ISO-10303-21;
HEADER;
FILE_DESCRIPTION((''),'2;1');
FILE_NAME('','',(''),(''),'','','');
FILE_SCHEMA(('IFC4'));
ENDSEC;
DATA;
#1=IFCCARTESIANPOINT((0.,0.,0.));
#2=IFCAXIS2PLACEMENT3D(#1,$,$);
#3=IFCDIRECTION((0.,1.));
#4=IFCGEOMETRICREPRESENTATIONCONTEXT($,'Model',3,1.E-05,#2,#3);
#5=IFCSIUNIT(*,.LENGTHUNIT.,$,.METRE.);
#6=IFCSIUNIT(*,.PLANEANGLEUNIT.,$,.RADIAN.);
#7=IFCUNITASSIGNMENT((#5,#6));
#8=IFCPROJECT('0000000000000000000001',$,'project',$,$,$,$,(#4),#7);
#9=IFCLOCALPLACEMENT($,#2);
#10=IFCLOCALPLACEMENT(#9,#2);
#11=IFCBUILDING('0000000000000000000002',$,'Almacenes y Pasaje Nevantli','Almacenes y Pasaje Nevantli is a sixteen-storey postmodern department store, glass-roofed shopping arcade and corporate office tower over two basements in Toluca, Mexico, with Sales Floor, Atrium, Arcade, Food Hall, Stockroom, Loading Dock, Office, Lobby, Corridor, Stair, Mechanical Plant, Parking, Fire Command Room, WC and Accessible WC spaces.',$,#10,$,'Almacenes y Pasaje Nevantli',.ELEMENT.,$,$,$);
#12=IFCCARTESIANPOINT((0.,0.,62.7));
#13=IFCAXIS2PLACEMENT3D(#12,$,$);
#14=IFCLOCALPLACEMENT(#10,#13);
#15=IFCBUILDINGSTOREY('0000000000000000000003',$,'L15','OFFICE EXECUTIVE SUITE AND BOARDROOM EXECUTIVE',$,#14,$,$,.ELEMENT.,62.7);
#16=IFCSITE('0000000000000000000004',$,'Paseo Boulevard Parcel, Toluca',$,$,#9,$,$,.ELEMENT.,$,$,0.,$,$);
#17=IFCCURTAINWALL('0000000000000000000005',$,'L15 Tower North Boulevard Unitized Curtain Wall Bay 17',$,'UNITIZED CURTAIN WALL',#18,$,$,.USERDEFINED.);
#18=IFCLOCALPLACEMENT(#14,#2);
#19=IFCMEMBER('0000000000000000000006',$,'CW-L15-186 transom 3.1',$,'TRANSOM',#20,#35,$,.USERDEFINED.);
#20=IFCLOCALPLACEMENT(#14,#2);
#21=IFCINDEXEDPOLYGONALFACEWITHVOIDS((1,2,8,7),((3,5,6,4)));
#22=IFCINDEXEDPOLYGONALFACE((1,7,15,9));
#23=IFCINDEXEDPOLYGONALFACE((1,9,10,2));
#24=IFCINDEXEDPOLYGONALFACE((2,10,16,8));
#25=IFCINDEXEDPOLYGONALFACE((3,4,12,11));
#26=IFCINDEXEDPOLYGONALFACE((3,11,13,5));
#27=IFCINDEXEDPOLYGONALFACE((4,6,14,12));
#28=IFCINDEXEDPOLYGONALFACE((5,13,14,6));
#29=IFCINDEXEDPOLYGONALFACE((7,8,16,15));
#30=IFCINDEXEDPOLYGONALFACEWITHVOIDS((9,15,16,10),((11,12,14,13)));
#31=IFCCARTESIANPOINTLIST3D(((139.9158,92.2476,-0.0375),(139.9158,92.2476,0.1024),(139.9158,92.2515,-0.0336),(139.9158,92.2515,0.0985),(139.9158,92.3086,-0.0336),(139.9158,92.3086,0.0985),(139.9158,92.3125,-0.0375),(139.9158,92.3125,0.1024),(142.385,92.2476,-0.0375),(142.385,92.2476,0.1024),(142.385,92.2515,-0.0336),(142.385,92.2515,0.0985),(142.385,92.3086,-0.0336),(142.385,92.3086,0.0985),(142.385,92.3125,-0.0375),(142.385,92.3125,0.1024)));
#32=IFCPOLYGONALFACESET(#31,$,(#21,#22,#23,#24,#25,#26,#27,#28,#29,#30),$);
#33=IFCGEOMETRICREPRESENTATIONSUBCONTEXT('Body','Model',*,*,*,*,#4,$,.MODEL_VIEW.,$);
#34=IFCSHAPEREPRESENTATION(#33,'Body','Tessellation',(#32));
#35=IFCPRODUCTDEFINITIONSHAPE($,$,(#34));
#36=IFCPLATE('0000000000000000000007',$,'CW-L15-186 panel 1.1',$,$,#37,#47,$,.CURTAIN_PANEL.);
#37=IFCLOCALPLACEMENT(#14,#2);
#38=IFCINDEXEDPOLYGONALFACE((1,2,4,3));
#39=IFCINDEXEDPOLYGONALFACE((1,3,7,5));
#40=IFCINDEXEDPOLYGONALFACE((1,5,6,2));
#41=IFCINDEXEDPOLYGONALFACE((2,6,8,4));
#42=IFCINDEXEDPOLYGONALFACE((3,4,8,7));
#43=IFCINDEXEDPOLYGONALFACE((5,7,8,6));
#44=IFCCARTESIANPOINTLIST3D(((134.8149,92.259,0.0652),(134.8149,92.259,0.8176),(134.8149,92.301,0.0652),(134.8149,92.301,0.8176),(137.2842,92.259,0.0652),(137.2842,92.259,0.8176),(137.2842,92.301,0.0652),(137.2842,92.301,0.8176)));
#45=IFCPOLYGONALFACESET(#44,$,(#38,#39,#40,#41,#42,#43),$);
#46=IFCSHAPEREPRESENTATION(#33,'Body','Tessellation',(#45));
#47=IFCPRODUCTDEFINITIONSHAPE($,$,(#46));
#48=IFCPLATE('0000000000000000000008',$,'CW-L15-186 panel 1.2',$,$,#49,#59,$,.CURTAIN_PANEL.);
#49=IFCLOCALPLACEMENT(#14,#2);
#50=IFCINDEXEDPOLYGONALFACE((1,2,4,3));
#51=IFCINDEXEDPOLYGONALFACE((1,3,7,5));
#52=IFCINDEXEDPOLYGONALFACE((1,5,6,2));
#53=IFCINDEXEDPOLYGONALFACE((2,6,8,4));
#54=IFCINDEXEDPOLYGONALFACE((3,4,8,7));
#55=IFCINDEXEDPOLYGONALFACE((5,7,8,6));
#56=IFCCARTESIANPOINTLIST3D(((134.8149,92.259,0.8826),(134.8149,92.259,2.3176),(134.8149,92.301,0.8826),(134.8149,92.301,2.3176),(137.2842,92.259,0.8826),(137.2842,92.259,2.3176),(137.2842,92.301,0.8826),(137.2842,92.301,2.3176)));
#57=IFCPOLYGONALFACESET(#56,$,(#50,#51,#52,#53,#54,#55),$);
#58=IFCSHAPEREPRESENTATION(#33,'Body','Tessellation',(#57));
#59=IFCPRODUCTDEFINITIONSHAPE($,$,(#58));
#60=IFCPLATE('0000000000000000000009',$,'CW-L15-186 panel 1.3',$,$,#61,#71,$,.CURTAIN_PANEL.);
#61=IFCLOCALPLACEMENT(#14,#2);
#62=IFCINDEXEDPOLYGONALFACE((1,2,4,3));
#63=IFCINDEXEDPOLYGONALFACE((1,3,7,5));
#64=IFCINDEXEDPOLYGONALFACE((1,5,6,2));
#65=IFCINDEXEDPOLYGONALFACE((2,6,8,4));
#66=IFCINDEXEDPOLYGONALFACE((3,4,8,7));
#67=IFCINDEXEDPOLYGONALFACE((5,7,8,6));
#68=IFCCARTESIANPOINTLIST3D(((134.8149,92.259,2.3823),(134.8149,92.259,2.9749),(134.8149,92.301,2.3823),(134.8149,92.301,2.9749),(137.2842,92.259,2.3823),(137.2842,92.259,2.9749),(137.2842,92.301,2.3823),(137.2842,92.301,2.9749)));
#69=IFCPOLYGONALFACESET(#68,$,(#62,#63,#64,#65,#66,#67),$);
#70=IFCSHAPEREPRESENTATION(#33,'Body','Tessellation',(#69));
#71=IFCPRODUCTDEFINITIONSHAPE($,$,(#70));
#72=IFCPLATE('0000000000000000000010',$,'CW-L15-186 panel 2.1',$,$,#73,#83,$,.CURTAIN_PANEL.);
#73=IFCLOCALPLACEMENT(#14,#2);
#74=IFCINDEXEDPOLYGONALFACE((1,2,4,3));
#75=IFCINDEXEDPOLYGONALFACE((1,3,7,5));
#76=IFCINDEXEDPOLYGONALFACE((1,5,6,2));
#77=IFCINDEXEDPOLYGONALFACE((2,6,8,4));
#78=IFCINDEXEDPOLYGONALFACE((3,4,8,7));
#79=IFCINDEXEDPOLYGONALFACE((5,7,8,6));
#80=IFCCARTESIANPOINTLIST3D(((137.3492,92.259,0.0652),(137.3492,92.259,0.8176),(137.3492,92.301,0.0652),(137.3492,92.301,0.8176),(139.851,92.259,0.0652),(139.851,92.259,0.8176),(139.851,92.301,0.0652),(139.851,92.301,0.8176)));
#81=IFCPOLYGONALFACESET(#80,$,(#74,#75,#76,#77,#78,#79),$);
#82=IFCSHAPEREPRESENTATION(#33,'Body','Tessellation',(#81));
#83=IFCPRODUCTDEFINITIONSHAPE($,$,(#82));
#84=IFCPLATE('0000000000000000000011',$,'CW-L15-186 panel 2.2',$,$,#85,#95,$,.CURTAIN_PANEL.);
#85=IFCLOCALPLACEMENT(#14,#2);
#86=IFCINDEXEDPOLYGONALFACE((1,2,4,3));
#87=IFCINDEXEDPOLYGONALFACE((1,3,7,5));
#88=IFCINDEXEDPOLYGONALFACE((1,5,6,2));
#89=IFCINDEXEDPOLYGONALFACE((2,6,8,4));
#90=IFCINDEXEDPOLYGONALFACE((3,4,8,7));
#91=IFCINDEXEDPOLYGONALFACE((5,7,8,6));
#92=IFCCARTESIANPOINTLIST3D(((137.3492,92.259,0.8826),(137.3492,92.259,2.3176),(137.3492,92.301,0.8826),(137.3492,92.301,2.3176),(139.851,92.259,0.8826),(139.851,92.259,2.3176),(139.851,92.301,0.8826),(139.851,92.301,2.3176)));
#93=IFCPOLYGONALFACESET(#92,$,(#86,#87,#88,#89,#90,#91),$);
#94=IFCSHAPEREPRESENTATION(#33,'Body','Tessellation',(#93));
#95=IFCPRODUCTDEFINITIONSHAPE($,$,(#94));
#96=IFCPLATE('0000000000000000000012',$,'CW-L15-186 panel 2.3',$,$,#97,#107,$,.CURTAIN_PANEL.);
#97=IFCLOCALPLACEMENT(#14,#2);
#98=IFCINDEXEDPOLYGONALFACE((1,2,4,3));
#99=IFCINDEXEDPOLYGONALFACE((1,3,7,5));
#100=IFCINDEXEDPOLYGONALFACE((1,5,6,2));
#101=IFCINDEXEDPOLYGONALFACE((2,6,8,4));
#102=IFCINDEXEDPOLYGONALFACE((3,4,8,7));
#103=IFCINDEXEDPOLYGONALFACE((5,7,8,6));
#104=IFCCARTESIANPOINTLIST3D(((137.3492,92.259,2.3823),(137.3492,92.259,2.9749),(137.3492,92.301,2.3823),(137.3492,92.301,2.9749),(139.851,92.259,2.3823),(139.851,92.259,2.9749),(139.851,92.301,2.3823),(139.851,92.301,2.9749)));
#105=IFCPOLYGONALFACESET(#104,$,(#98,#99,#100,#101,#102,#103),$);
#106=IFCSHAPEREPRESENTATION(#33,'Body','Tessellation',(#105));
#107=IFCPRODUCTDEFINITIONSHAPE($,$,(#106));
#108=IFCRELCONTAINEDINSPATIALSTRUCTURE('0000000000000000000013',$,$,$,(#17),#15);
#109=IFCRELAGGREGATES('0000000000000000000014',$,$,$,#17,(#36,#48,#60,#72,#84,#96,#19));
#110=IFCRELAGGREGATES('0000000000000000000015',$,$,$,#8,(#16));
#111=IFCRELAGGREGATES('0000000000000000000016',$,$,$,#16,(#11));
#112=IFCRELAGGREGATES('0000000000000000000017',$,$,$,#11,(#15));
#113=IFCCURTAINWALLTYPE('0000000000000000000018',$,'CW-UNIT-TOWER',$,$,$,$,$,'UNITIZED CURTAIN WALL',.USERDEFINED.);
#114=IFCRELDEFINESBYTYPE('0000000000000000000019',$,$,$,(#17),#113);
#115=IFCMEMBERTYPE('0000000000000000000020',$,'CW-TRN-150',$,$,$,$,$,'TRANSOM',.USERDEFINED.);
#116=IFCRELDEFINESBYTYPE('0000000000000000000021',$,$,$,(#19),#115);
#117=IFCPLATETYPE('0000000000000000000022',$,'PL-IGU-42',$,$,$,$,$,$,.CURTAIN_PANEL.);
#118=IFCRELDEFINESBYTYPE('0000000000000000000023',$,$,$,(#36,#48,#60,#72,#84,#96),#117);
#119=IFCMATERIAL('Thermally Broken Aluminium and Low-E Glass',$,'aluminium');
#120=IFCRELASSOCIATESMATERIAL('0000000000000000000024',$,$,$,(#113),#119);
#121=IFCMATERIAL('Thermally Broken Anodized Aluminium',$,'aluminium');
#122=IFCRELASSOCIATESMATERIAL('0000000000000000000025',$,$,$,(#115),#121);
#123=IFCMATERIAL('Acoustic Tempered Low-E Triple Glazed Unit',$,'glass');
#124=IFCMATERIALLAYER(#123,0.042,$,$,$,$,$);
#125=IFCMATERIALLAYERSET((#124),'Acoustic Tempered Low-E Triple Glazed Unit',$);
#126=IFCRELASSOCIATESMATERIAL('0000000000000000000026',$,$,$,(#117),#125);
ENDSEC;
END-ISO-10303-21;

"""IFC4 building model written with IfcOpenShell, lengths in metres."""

from ifc_helpers import new_model, si_unit, direction, frame, origin, origin_2d, place, context, subcontext, project, spatial, rectangle, hollow_rectangle, extrude, material, layer, layer_set, material_profile, profile_set, type_object, element, aggregate, save


model = new_model("IFC4")

# Units and contexts
model_context = context("Model", 3, precision=1e-05, world=origin(), true_north=direction((0.0, 1.0)))
body_context = subcontext(model_context, "Body", "Model", "MODEL_VIEW")
ifc_project = project(units=[si_unit("LENGTHUNIT", "METRE"), si_unit("PLANEANGLEUNIT", "RADIAN")], contexts=[model_context])

# Site, building, storey
site_placement = place(None, origin())
site = spatial("IfcSite", under=ifc_project, at=site_placement, Name="Paseo Boulevard Parcel, Toluca", CompositionType="ELEMENT", RefElevation=0.0)
building_placement = place(site_placement, origin())
building = spatial("IfcBuilding", under=site, at=building_placement, Name="Almacenes y Pasaje Nevantli", Description="Almacenes y Pasaje Nevantli is a sixteen-storey postmodern department store, glass-roofed shopping arcade and corporate office tower over two basements in Toluca, Mexico, with Sales Floor, Atrium, Arcade, Food Hall, Stockroom, Loading Dock, Office, Lobby, Corridor, Stair, Mechanical Plant, Parking, Fire Command Room, WC and Accessible WC spaces.", LongName="Almacenes y Pasaje Nevantli", CompositionType="ELEMENT")
storey_placement = place(building_placement, frame((0.0, 0.0, 62.7)))
storey = spatial("IfcBuildingStorey", under=building, at=storey_placement, Name="L15", Description="OFFICE EXECUTIVE SUITE AND BOARDROOM EXECUTIVE", CompositionType="ELEMENT", Elevation=62.7)

# Curtain wall, member, plates
ifc_material_1 = material(Name="Thermally Broken Aluminium and Low-E Glass", Category="aluminium")
curtain_wall_type = type_object("IfcCurtainWallType", Name="CW-UNIT-TOWER", ElementType="UNITIZED CURTAIN WALL", PredefinedType="USERDEFINED", material=ifc_material_1)
curtain_wall_placement = place(storey_placement, origin())
curtain_wall = element("IfcCurtainWall", 1, at=curtain_wall_placement, inside=storey, type_object=curtain_wall_type, Name="L15 Tower North Boulevard Unitized Curtain Wall Bay 17", ObjectType="UNITIZED CURTAIN WALL", PredefinedType="USERDEFINED")
ifc_material_2 = material(Name="Thermally Broken Anodized Aluminium", Category="aluminium")
ifc_material_profile_1 = material_profile(ifc_material_2, hollow_rectangle(XDim=0.0649, YDim=0.1399, WallThickness=0.0039, at=origin_2d()), Name="ALU-TRN-65x140")
ifc_profile_set_1 = profile_set([ifc_material_profile_1], Name="Thermally Broken Anodized Aluminium")
member_type_1 = type_object("IfcMemberType", Name="CW-TRN-150", ElementType="TRANSOM", PredefinedType="USERDEFINED", material=ifc_profile_set_1)
member_1_placement = place(storey_placement, frame((139.9158, 92.28, 0.0325), z_axis=(1.0, 0.0, 0.0), x_axis=(0.0, 1.0, 0.0)))
member_1 = element("IfcMember", 2, at=member_1_placement, type_object=member_type_1, Name="CW-L15-186 transom 3.1", ObjectType="TRANSOM", PredefinedType="USERDEFINED", context=body_context, shape_type="SweptSolid", body=[
    extrude(hollow_rectangle(XDim=0.0649, YDim=0.1399, WallThickness=0.0039, at=origin_2d()), origin(), (0.0, 0.0, 1.0), 2.4692),
])
ifc_material_3 = material(Name="Acoustic Tempered Low-E Triple Glazed Unit", Category="glass")
ifc_layer = layer(ifc_material_3, 0.042)
ifc_layer_set = layer_set([ifc_layer], Name="Acoustic Tempered Low-E Triple Glazed Unit")
plate_type = type_object("IfcPlateType", Name="PL-IGU-42", PredefinedType="CURTAIN_PANEL", material=ifc_layer_set)
plate_1_placement = place(storey_placement, frame((136.0496, 92.28, 0.0652), z_axis=(0.0, 0.0, 1.0), x_axis=(1.0, 0.0, 0.0)))
plate_1 = element("IfcPlate", 3, at=plate_1_placement, type_object=plate_type, Name="CW-L15-186 panel 1.1", PredefinedType="CURTAIN_PANEL", context=body_context, shape_type="SweptSolid", body=[
    extrude(rectangle(XDim=2.4692, YDim=0.042, at=origin_2d()), origin(), (0.0, 0.0, 1.0), 0.7524),
])
plate_2_placement = place(storey_placement, frame((136.0496, 92.28, 0.8826), z_axis=(0.0, 0.0, 1.0), x_axis=(1.0, 0.0, 0.0)))
plate_2 = element("IfcPlate", 4, at=plate_2_placement, type_object=plate_type, Name="CW-L15-186 panel 1.2", PredefinedType="CURTAIN_PANEL", context=body_context, shape_type="SweptSolid", body=[
    extrude(rectangle(XDim=2.4692, YDim=0.042, at=origin_2d()), origin(), (0.0, 0.0, 1.0), 1.4351),
])
plate_3_placement = place(storey_placement, frame((136.0496, 92.28, 2.3823), z_axis=(0.0, 0.0, 1.0), x_axis=(1.0, 0.0, 0.0)))
plate_3 = element("IfcPlate", 5, at=plate_3_placement, type_object=plate_type, Name="CW-L15-186 panel 1.3", PredefinedType="CURTAIN_PANEL", context=body_context, shape_type="SweptSolid", body=[
    extrude(rectangle(XDim=2.4692, YDim=0.042, at=origin_2d()), origin(), (0.0, 0.0, 1.0), 0.5925),
])
plate_4_placement = place(storey_placement, frame((138.6001, 92.28, 0.0652), z_axis=(0.0, 0.0, 1.0), x_axis=(1.0, 0.0, 0.0)))
plate_4 = element("IfcPlate", 6, at=plate_4_placement, type_object=plate_type, Name="CW-L15-186 panel 2.1", PredefinedType="CURTAIN_PANEL", context=body_context, shape_type="SweptSolid", body=[
    extrude(rectangle(XDim=2.5017, YDim=0.042, at=origin_2d()), origin(), (0.0, 0.0, 1.0), 0.7524),
])
plate_5_placement = place(storey_placement, frame((138.6001, 92.28, 0.8826), z_axis=(0.0, 0.0, 1.0), x_axis=(1.0, 0.0, 0.0)))
plate_5 = element("IfcPlate", 7, at=plate_5_placement, type_object=plate_type, Name="CW-L15-186 panel 2.2", PredefinedType="CURTAIN_PANEL", context=body_context, shape_type="SweptSolid", body=[
    extrude(rectangle(XDim=2.5017, YDim=0.042, at=origin_2d()), origin(), (0.0, 0.0, 1.0), 1.4351),
])
plate_6_placement = place(storey_placement, frame((138.6001, 92.28, 2.3823), z_axis=(0.0, 0.0, 1.0), x_axis=(1.0, 0.0, 0.0)))
plate_6 = element("IfcPlate", 8, at=plate_6_placement, type_object=plate_type, Name="CW-L15-186 panel 2.3", PredefinedType="CURTAIN_PANEL", context=body_context, shape_type="SweptSolid", body=[
    extrude(rectangle(XDim=2.5017, YDim=0.042, at=origin_2d()), origin(), (0.0, 0.0, 1.0), 0.5925),
])
aggregate(curtain_wall, [plate_1, plate_2, plate_3, plate_4, plate_5, plate_6, member_1])

save(model, "model.ifc")
